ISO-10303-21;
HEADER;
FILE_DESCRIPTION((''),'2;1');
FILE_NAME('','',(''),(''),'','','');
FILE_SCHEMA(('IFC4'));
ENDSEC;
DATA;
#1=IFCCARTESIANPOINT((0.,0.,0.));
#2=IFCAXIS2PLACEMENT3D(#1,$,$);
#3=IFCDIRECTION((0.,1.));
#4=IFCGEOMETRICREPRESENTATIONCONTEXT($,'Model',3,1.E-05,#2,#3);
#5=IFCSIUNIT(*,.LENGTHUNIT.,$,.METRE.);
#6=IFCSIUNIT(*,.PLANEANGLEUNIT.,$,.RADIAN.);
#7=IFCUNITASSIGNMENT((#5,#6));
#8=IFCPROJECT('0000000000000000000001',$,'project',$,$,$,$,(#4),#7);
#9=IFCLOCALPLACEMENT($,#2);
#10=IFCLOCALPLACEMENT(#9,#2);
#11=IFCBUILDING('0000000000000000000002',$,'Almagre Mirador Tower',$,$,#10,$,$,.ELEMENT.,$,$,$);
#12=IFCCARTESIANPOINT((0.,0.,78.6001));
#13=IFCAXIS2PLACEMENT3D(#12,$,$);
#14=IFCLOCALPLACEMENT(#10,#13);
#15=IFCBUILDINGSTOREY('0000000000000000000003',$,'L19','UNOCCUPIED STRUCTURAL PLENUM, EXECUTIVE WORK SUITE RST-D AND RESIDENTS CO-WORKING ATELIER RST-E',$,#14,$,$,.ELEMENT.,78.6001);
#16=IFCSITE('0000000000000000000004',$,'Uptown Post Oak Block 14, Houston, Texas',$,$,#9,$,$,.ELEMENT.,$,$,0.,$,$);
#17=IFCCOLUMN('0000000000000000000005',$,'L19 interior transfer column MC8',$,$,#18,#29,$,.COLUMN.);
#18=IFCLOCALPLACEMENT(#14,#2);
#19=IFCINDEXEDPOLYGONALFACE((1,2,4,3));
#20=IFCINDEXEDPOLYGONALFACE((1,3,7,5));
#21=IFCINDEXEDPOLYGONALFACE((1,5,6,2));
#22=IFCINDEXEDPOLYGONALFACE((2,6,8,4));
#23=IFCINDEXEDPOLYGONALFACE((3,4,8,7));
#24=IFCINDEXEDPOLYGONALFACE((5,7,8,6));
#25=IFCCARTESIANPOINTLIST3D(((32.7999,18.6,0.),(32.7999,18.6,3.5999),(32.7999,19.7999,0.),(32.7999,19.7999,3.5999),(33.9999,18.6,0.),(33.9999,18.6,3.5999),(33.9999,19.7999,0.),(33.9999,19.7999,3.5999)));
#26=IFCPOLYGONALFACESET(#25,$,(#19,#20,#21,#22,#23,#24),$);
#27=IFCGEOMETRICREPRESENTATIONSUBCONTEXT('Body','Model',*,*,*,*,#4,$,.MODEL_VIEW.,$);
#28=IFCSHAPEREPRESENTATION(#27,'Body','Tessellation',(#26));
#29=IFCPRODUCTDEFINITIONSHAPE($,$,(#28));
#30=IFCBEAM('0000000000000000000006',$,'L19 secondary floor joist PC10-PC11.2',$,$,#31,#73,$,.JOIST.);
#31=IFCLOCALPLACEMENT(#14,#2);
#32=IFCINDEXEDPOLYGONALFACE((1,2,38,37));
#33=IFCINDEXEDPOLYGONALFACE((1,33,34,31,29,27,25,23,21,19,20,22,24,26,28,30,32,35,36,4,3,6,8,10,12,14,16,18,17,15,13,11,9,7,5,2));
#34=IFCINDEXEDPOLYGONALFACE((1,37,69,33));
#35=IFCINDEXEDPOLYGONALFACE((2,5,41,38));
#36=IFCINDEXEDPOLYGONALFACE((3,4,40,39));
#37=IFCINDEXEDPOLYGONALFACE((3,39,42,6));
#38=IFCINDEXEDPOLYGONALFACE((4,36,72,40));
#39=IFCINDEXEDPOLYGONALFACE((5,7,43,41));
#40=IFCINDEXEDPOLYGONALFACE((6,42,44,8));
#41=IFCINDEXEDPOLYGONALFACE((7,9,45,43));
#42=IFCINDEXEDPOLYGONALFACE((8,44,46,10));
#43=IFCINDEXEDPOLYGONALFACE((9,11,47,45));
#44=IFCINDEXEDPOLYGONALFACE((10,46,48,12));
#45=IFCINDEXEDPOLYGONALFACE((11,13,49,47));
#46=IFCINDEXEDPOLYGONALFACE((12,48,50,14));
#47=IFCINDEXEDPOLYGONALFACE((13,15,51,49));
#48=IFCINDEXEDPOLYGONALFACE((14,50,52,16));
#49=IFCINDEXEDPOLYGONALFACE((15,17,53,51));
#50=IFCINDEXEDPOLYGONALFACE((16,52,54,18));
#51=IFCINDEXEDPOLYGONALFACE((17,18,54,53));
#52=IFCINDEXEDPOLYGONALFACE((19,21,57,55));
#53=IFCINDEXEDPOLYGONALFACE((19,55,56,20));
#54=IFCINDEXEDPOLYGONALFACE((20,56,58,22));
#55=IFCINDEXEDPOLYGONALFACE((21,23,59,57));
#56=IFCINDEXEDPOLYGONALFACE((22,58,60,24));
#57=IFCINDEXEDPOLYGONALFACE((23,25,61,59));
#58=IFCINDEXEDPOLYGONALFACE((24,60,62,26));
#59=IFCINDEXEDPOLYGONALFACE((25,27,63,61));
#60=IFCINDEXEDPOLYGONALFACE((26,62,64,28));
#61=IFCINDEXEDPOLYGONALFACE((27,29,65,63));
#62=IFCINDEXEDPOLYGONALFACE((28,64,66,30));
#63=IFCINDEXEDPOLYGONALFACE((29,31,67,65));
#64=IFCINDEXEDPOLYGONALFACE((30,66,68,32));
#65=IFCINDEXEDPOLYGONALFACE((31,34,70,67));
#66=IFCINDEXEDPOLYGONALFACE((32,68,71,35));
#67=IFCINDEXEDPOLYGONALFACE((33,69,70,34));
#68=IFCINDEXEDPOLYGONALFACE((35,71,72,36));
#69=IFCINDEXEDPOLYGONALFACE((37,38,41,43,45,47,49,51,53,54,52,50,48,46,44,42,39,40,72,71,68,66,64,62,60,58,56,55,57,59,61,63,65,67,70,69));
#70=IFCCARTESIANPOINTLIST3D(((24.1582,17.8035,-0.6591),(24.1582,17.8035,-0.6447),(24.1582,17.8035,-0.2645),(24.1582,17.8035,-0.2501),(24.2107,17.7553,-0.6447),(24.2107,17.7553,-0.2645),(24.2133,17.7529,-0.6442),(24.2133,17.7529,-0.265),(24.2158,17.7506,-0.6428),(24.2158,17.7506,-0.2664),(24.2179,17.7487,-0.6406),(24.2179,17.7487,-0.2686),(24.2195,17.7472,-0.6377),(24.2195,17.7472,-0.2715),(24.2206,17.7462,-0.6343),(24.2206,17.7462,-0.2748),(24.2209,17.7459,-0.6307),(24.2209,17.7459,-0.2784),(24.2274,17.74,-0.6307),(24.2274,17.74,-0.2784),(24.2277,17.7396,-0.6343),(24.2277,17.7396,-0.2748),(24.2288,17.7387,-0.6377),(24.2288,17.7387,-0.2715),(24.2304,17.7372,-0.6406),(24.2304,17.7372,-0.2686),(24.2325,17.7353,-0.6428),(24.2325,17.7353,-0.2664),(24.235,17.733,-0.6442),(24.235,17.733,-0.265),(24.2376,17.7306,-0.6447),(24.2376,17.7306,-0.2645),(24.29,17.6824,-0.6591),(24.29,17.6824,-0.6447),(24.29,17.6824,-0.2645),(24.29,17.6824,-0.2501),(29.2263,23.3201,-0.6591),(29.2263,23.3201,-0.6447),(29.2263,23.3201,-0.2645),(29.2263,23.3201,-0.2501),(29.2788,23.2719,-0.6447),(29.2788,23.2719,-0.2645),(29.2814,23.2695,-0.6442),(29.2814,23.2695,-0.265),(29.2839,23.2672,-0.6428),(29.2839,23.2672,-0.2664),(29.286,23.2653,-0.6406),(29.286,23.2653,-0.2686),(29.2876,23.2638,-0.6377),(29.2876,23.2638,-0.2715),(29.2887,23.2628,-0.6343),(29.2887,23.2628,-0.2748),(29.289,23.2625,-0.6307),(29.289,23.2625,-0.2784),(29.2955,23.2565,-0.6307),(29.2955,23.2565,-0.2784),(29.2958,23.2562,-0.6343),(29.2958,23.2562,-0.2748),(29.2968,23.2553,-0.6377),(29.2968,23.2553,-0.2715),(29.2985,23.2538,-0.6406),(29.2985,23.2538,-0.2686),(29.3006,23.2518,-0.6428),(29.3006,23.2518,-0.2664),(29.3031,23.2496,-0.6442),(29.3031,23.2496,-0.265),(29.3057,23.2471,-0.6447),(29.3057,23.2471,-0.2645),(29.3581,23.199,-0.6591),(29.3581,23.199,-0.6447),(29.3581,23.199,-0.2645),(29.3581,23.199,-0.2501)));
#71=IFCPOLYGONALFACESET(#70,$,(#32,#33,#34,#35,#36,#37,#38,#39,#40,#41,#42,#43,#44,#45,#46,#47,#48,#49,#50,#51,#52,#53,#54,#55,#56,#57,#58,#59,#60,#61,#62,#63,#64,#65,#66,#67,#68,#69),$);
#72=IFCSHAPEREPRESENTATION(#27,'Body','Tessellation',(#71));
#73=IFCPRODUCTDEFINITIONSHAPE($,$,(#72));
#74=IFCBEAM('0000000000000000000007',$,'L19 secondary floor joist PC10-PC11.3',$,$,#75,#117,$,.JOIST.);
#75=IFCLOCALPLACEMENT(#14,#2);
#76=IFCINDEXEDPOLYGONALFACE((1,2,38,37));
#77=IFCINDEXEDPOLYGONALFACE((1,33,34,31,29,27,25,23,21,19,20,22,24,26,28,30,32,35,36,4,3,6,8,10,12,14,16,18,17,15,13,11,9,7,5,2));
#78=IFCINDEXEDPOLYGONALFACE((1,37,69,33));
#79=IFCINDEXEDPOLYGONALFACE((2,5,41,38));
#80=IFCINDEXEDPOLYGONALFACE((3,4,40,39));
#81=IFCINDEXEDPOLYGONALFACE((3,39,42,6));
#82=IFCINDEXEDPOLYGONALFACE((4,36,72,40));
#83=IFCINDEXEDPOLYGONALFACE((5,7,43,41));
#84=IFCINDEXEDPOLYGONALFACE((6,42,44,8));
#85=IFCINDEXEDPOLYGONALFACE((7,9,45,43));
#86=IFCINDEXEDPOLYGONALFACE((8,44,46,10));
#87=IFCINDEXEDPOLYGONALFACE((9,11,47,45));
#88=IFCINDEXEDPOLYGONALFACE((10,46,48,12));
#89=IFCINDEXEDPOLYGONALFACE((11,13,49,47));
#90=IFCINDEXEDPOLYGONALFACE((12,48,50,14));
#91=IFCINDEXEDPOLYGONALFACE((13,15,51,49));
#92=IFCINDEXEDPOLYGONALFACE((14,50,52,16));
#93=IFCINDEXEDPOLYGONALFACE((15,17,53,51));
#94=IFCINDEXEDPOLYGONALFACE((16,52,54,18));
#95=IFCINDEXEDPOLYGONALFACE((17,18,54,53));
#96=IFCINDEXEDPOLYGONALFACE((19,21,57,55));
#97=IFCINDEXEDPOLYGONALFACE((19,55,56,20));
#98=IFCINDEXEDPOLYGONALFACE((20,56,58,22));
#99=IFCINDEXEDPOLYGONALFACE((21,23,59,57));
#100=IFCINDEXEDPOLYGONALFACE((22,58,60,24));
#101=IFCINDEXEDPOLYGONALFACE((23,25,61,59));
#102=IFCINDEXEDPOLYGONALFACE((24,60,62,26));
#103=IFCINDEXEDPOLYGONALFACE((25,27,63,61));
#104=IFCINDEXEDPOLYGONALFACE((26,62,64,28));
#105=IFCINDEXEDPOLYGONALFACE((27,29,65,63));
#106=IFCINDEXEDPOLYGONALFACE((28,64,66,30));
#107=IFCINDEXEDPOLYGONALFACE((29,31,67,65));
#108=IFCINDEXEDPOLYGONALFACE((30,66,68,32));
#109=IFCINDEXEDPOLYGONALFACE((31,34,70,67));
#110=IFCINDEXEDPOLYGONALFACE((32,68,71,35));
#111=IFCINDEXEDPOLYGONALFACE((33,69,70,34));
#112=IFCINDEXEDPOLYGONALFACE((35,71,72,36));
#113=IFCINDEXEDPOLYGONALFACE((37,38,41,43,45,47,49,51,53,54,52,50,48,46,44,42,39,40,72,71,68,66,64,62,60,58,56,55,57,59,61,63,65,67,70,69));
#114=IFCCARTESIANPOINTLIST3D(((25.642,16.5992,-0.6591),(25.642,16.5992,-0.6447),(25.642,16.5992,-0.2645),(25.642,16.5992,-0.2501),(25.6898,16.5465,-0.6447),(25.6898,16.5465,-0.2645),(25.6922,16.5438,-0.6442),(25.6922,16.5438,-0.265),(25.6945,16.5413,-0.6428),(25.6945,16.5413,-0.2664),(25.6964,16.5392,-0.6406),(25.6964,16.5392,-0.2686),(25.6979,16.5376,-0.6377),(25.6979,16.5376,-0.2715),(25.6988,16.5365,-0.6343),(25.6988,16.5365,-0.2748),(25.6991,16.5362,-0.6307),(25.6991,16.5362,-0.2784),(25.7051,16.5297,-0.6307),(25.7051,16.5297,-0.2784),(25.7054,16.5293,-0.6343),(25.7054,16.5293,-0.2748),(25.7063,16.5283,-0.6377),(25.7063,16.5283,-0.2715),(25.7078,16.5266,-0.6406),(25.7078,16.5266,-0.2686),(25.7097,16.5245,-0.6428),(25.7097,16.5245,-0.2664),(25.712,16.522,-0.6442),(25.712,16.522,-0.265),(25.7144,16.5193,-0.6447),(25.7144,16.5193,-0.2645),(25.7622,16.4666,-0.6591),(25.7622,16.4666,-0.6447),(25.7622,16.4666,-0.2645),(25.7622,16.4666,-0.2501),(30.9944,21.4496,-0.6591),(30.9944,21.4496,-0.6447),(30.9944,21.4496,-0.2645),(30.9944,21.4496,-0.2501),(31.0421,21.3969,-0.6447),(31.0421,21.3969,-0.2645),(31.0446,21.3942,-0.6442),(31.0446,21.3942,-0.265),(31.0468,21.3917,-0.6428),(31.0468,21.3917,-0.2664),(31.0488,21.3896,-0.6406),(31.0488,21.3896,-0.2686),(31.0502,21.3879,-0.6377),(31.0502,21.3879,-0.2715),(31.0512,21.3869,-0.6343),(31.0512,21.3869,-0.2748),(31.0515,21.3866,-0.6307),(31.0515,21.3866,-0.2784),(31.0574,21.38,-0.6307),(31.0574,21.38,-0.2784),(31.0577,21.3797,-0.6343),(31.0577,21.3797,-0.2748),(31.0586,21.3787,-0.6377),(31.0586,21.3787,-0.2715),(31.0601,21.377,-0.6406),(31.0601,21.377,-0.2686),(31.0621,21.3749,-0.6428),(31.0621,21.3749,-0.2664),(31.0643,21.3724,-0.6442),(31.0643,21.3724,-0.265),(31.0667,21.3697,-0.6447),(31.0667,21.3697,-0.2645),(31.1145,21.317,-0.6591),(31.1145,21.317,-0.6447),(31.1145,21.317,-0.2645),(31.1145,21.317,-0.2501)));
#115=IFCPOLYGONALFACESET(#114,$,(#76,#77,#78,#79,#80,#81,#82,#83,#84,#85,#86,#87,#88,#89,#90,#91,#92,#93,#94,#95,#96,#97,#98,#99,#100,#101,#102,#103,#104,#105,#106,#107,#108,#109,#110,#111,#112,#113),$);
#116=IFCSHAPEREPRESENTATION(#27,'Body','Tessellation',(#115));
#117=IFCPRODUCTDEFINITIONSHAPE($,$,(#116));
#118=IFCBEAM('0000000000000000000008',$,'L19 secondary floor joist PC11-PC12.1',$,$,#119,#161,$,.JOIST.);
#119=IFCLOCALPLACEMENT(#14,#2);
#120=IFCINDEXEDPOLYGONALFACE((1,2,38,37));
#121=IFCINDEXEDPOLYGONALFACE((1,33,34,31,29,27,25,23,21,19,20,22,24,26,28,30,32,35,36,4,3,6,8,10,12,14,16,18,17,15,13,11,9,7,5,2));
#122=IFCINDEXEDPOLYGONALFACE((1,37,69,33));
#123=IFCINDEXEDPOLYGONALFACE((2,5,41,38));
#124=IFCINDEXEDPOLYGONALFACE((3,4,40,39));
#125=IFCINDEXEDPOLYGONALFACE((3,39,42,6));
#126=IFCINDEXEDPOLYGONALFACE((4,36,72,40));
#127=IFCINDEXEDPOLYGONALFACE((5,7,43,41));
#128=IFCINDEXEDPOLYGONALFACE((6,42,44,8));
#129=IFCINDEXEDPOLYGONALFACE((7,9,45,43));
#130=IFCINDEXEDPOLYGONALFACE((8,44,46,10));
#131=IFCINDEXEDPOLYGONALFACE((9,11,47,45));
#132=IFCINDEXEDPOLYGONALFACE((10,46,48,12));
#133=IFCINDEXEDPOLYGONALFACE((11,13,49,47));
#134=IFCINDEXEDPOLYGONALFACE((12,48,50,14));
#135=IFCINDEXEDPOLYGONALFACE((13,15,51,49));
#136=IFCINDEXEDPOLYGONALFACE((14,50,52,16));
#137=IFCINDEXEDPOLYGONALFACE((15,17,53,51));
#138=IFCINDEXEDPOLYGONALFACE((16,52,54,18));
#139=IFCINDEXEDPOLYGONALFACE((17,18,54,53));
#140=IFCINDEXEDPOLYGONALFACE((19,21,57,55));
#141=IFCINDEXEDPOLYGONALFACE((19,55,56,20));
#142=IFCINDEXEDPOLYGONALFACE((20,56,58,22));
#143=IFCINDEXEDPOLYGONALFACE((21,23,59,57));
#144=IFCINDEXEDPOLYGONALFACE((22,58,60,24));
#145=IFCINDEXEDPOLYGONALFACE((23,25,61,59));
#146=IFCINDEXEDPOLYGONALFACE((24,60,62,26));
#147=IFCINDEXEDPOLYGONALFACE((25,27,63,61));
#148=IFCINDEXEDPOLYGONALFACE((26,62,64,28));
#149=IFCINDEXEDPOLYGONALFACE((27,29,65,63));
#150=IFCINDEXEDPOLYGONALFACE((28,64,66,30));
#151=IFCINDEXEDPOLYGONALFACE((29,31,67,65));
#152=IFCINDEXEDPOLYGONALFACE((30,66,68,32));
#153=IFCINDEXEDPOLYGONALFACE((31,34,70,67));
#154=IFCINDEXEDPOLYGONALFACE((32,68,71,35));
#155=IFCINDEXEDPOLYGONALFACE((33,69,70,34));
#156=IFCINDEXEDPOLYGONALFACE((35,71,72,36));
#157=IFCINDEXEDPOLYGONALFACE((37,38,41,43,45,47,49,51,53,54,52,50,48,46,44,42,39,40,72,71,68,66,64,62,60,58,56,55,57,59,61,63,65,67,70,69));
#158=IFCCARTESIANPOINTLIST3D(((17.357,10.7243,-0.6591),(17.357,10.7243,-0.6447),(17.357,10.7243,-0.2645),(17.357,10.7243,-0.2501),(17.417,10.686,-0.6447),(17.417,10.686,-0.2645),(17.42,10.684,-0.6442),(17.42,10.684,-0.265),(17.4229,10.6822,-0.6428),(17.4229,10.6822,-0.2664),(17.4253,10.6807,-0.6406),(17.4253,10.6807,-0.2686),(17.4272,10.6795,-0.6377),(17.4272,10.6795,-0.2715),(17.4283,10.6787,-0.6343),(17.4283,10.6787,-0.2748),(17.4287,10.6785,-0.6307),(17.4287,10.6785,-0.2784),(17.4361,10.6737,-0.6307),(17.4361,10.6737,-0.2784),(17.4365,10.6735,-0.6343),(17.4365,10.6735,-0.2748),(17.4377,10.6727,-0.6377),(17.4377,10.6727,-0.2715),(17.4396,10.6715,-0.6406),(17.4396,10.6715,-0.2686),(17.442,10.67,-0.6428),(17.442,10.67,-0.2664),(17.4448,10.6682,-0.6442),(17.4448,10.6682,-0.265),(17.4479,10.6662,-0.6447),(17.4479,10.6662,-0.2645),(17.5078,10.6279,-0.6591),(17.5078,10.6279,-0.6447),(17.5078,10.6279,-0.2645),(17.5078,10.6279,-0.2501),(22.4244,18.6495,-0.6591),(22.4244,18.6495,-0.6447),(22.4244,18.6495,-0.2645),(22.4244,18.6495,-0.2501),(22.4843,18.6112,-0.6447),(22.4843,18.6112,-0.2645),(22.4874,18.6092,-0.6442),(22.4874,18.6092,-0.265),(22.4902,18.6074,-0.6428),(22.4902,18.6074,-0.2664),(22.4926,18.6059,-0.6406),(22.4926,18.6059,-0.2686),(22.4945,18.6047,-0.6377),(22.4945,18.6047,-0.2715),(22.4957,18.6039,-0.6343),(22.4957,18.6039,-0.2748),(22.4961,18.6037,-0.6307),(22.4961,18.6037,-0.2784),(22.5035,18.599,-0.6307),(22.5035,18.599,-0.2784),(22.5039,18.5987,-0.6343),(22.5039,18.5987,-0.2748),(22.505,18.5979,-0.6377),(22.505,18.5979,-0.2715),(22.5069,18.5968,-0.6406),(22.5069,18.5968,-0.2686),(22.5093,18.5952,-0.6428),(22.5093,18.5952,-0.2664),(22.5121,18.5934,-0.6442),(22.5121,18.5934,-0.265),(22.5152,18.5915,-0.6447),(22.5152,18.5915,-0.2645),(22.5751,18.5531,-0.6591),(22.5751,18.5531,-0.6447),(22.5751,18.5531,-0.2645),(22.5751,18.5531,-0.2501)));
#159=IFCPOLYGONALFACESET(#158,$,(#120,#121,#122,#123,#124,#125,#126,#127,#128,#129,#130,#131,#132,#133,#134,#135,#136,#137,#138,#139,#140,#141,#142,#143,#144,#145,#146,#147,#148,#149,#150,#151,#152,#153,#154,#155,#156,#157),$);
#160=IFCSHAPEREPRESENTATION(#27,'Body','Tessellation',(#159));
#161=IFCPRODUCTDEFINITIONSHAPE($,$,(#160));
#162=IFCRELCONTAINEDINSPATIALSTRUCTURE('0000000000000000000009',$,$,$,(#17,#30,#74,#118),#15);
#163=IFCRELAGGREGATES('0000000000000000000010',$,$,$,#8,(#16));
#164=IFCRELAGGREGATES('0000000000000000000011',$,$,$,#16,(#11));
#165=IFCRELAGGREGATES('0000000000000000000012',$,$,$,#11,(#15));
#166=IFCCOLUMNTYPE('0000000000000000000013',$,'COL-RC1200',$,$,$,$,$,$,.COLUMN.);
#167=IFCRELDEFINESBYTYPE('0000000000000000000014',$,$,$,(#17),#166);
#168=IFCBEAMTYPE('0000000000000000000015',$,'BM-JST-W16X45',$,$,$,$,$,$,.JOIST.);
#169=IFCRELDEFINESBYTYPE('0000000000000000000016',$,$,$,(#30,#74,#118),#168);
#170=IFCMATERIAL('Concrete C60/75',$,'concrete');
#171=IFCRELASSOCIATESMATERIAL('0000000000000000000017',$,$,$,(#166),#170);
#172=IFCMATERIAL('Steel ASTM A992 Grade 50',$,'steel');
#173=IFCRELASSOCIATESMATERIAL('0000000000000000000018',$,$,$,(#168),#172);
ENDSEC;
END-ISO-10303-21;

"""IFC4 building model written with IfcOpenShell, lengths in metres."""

from ifc_helpers import new_model, si_unit, direction, frame, origin, origin_2d, place, context, subcontext, project, spatial, rectangle, i_section, extrude, material, material_profile, profile_set, type_object, element, save


model = new_model("IFC4")

# Units and contexts
model_context = context("Model", 3, precision=1e-05, world=origin(), true_north=direction((0.0, 1.0)))
body_context = subcontext(model_context, "Body", "Model", "MODEL_VIEW")
ifc_project = project(units=[si_unit("LENGTHUNIT", "METRE"), si_unit("PLANEANGLEUNIT", "RADIAN")], contexts=[model_context])

# Site, building, storey
site_placement = place(None, origin())
site = spatial("IfcSite", under=ifc_project, at=site_placement, Name="Uptown Post Oak Block 14, Houston, Texas", CompositionType="ELEMENT", RefElevation=0.0)
building_placement = place(site_placement, origin())
building = spatial("IfcBuilding", under=site, at=building_placement, Name="Almagre Mirador Tower", CompositionType="ELEMENT")
storey_placement = place(building_placement, frame((0.0, 0.0, 78.6001)))
storey = spatial("IfcBuildingStorey", under=building, at=storey_placement, Name="L19", Description="UNOCCUPIED STRUCTURAL PLENUM, EXECUTIVE WORK SUITE RST-D AND RESIDENTS CO-WORKING ATELIER RST-E", CompositionType="ELEMENT", Elevation=78.6001)

# Column
ifc_material_1 = material(Name="Concrete C60/75", Category="concrete")
ifc_material_profile_1 = material_profile(ifc_material_1, rectangle(XDim=1.2, YDim=1.2, at=origin_2d()), Name="RC1200X1200")
ifc_profile_set_1 = profile_set([ifc_material_profile_1], Name="Concrete C60/75")
column_type = type_object("IfcColumnType", Name="COL-RC1200", PredefinedType="COLUMN", material=ifc_profile_set_1)
column_placement = place(storey_placement, frame((33.3999, 19.2, 0.0), z_axis=(0.0, 0.0, 1.0), x_axis=(1.0, 0.0, 0.0)))
element("IfcColumn", 1, at=column_placement, inside=storey, type_object=column_type, Name="L19 interior transfer column MC8", PredefinedType="COLUMN", context=body_context, shape_type="SweptSolid", body=[
    extrude(rectangle(XDim=1.2, YDim=1.2, at=origin_2d()), origin(), (0.0, 0.0, 1.0), 3.5999),
])

# Beams
ifc_material_2 = material(Name="Steel ASTM A992 Grade 50", Category="steel")
ifc_material_profile_2 = material_profile(ifc_material_2, i_section(OverallWidth=0.179, OverallDepth=0.4089, WebThickness=0.0088, FlangeThickness=0.0144, FilletRadius=0.0139, at=origin_2d()), Name="W16X45")
ifc_profile_set_2 = profile_set([ifc_material_profile_2], Name="Steel ASTM A992 Grade 50")
beam_type_1 = type_object("IfcBeamType", Name="BM-JST-W16X45", PredefinedType="JOIST", material=ifc_profile_set_2)
beam_1_placement = place(storey_placement, frame((29.2922, 23.2595, -0.4546), z_axis=(-0.676539, -0.736407, 0.0), x_axis=(0.736407, -0.676539, 0.0)))
element("IfcBeam", 2, at=beam_1_placement, inside=storey, type_object=beam_type_1, Name="L19 secondary floor joist PC10-PC11.2", PredefinedType="JOIST", context=body_context, shape_type="SweptSolid", body=[
    extrude(i_section(OverallWidth=0.179, OverallDepth=0.4089, WebThickness=0.0088, FlangeThickness=0.0144, FilletRadius=0.0139, at=origin_2d()), origin(), (0.0, 0.0, 1.0), 7.4912),
])
beam_2_placement = place(storey_placement, frame((31.0544, 21.3833, -0.4546), z_axis=(-0.740999, -0.671506, 0.0), x_axis=(0.671506, -0.740999, 0.0)))
element("IfcBeam", 3, at=beam_2_placement, inside=storey, type_object=beam_type_1, Name="L19 secondary floor joist PC10-PC11.3", PredefinedType="JOIST", context=body_context, shape_type="SweptSolid", body=[
    extrude(i_section(OverallWidth=0.179, OverallDepth=0.4089, WebThickness=0.0088, FlangeThickness=0.0144, FilletRadius=0.0139, at=origin_2d()), origin(), (0.0, 0.0, 1.0), 7.2231),
])
beam_3_placement = place(storey_placement, frame((22.4998, 18.6013, -0.4546), z_axis=(-0.538691, -0.842503, 0.0), x_axis=(0.842503, -0.538691, 0.0)))
element("IfcBeam", 4, at=beam_3_placement, inside=storey, type_object=beam_type_1, Name="L19 secondary floor joist PC11-PC12.1", PredefinedType="JOIST", context=body_context, shape_type="SweptSolid", body=[
    extrude(i_section(OverallWidth=0.179, OverallDepth=0.4089, WebThickness=0.0088, FlangeThickness=0.0144, FilletRadius=0.0139, at=origin_2d()), origin(), (0.0, 0.0, 1.0), 9.4067),
])

save(model, "model.ifc")
